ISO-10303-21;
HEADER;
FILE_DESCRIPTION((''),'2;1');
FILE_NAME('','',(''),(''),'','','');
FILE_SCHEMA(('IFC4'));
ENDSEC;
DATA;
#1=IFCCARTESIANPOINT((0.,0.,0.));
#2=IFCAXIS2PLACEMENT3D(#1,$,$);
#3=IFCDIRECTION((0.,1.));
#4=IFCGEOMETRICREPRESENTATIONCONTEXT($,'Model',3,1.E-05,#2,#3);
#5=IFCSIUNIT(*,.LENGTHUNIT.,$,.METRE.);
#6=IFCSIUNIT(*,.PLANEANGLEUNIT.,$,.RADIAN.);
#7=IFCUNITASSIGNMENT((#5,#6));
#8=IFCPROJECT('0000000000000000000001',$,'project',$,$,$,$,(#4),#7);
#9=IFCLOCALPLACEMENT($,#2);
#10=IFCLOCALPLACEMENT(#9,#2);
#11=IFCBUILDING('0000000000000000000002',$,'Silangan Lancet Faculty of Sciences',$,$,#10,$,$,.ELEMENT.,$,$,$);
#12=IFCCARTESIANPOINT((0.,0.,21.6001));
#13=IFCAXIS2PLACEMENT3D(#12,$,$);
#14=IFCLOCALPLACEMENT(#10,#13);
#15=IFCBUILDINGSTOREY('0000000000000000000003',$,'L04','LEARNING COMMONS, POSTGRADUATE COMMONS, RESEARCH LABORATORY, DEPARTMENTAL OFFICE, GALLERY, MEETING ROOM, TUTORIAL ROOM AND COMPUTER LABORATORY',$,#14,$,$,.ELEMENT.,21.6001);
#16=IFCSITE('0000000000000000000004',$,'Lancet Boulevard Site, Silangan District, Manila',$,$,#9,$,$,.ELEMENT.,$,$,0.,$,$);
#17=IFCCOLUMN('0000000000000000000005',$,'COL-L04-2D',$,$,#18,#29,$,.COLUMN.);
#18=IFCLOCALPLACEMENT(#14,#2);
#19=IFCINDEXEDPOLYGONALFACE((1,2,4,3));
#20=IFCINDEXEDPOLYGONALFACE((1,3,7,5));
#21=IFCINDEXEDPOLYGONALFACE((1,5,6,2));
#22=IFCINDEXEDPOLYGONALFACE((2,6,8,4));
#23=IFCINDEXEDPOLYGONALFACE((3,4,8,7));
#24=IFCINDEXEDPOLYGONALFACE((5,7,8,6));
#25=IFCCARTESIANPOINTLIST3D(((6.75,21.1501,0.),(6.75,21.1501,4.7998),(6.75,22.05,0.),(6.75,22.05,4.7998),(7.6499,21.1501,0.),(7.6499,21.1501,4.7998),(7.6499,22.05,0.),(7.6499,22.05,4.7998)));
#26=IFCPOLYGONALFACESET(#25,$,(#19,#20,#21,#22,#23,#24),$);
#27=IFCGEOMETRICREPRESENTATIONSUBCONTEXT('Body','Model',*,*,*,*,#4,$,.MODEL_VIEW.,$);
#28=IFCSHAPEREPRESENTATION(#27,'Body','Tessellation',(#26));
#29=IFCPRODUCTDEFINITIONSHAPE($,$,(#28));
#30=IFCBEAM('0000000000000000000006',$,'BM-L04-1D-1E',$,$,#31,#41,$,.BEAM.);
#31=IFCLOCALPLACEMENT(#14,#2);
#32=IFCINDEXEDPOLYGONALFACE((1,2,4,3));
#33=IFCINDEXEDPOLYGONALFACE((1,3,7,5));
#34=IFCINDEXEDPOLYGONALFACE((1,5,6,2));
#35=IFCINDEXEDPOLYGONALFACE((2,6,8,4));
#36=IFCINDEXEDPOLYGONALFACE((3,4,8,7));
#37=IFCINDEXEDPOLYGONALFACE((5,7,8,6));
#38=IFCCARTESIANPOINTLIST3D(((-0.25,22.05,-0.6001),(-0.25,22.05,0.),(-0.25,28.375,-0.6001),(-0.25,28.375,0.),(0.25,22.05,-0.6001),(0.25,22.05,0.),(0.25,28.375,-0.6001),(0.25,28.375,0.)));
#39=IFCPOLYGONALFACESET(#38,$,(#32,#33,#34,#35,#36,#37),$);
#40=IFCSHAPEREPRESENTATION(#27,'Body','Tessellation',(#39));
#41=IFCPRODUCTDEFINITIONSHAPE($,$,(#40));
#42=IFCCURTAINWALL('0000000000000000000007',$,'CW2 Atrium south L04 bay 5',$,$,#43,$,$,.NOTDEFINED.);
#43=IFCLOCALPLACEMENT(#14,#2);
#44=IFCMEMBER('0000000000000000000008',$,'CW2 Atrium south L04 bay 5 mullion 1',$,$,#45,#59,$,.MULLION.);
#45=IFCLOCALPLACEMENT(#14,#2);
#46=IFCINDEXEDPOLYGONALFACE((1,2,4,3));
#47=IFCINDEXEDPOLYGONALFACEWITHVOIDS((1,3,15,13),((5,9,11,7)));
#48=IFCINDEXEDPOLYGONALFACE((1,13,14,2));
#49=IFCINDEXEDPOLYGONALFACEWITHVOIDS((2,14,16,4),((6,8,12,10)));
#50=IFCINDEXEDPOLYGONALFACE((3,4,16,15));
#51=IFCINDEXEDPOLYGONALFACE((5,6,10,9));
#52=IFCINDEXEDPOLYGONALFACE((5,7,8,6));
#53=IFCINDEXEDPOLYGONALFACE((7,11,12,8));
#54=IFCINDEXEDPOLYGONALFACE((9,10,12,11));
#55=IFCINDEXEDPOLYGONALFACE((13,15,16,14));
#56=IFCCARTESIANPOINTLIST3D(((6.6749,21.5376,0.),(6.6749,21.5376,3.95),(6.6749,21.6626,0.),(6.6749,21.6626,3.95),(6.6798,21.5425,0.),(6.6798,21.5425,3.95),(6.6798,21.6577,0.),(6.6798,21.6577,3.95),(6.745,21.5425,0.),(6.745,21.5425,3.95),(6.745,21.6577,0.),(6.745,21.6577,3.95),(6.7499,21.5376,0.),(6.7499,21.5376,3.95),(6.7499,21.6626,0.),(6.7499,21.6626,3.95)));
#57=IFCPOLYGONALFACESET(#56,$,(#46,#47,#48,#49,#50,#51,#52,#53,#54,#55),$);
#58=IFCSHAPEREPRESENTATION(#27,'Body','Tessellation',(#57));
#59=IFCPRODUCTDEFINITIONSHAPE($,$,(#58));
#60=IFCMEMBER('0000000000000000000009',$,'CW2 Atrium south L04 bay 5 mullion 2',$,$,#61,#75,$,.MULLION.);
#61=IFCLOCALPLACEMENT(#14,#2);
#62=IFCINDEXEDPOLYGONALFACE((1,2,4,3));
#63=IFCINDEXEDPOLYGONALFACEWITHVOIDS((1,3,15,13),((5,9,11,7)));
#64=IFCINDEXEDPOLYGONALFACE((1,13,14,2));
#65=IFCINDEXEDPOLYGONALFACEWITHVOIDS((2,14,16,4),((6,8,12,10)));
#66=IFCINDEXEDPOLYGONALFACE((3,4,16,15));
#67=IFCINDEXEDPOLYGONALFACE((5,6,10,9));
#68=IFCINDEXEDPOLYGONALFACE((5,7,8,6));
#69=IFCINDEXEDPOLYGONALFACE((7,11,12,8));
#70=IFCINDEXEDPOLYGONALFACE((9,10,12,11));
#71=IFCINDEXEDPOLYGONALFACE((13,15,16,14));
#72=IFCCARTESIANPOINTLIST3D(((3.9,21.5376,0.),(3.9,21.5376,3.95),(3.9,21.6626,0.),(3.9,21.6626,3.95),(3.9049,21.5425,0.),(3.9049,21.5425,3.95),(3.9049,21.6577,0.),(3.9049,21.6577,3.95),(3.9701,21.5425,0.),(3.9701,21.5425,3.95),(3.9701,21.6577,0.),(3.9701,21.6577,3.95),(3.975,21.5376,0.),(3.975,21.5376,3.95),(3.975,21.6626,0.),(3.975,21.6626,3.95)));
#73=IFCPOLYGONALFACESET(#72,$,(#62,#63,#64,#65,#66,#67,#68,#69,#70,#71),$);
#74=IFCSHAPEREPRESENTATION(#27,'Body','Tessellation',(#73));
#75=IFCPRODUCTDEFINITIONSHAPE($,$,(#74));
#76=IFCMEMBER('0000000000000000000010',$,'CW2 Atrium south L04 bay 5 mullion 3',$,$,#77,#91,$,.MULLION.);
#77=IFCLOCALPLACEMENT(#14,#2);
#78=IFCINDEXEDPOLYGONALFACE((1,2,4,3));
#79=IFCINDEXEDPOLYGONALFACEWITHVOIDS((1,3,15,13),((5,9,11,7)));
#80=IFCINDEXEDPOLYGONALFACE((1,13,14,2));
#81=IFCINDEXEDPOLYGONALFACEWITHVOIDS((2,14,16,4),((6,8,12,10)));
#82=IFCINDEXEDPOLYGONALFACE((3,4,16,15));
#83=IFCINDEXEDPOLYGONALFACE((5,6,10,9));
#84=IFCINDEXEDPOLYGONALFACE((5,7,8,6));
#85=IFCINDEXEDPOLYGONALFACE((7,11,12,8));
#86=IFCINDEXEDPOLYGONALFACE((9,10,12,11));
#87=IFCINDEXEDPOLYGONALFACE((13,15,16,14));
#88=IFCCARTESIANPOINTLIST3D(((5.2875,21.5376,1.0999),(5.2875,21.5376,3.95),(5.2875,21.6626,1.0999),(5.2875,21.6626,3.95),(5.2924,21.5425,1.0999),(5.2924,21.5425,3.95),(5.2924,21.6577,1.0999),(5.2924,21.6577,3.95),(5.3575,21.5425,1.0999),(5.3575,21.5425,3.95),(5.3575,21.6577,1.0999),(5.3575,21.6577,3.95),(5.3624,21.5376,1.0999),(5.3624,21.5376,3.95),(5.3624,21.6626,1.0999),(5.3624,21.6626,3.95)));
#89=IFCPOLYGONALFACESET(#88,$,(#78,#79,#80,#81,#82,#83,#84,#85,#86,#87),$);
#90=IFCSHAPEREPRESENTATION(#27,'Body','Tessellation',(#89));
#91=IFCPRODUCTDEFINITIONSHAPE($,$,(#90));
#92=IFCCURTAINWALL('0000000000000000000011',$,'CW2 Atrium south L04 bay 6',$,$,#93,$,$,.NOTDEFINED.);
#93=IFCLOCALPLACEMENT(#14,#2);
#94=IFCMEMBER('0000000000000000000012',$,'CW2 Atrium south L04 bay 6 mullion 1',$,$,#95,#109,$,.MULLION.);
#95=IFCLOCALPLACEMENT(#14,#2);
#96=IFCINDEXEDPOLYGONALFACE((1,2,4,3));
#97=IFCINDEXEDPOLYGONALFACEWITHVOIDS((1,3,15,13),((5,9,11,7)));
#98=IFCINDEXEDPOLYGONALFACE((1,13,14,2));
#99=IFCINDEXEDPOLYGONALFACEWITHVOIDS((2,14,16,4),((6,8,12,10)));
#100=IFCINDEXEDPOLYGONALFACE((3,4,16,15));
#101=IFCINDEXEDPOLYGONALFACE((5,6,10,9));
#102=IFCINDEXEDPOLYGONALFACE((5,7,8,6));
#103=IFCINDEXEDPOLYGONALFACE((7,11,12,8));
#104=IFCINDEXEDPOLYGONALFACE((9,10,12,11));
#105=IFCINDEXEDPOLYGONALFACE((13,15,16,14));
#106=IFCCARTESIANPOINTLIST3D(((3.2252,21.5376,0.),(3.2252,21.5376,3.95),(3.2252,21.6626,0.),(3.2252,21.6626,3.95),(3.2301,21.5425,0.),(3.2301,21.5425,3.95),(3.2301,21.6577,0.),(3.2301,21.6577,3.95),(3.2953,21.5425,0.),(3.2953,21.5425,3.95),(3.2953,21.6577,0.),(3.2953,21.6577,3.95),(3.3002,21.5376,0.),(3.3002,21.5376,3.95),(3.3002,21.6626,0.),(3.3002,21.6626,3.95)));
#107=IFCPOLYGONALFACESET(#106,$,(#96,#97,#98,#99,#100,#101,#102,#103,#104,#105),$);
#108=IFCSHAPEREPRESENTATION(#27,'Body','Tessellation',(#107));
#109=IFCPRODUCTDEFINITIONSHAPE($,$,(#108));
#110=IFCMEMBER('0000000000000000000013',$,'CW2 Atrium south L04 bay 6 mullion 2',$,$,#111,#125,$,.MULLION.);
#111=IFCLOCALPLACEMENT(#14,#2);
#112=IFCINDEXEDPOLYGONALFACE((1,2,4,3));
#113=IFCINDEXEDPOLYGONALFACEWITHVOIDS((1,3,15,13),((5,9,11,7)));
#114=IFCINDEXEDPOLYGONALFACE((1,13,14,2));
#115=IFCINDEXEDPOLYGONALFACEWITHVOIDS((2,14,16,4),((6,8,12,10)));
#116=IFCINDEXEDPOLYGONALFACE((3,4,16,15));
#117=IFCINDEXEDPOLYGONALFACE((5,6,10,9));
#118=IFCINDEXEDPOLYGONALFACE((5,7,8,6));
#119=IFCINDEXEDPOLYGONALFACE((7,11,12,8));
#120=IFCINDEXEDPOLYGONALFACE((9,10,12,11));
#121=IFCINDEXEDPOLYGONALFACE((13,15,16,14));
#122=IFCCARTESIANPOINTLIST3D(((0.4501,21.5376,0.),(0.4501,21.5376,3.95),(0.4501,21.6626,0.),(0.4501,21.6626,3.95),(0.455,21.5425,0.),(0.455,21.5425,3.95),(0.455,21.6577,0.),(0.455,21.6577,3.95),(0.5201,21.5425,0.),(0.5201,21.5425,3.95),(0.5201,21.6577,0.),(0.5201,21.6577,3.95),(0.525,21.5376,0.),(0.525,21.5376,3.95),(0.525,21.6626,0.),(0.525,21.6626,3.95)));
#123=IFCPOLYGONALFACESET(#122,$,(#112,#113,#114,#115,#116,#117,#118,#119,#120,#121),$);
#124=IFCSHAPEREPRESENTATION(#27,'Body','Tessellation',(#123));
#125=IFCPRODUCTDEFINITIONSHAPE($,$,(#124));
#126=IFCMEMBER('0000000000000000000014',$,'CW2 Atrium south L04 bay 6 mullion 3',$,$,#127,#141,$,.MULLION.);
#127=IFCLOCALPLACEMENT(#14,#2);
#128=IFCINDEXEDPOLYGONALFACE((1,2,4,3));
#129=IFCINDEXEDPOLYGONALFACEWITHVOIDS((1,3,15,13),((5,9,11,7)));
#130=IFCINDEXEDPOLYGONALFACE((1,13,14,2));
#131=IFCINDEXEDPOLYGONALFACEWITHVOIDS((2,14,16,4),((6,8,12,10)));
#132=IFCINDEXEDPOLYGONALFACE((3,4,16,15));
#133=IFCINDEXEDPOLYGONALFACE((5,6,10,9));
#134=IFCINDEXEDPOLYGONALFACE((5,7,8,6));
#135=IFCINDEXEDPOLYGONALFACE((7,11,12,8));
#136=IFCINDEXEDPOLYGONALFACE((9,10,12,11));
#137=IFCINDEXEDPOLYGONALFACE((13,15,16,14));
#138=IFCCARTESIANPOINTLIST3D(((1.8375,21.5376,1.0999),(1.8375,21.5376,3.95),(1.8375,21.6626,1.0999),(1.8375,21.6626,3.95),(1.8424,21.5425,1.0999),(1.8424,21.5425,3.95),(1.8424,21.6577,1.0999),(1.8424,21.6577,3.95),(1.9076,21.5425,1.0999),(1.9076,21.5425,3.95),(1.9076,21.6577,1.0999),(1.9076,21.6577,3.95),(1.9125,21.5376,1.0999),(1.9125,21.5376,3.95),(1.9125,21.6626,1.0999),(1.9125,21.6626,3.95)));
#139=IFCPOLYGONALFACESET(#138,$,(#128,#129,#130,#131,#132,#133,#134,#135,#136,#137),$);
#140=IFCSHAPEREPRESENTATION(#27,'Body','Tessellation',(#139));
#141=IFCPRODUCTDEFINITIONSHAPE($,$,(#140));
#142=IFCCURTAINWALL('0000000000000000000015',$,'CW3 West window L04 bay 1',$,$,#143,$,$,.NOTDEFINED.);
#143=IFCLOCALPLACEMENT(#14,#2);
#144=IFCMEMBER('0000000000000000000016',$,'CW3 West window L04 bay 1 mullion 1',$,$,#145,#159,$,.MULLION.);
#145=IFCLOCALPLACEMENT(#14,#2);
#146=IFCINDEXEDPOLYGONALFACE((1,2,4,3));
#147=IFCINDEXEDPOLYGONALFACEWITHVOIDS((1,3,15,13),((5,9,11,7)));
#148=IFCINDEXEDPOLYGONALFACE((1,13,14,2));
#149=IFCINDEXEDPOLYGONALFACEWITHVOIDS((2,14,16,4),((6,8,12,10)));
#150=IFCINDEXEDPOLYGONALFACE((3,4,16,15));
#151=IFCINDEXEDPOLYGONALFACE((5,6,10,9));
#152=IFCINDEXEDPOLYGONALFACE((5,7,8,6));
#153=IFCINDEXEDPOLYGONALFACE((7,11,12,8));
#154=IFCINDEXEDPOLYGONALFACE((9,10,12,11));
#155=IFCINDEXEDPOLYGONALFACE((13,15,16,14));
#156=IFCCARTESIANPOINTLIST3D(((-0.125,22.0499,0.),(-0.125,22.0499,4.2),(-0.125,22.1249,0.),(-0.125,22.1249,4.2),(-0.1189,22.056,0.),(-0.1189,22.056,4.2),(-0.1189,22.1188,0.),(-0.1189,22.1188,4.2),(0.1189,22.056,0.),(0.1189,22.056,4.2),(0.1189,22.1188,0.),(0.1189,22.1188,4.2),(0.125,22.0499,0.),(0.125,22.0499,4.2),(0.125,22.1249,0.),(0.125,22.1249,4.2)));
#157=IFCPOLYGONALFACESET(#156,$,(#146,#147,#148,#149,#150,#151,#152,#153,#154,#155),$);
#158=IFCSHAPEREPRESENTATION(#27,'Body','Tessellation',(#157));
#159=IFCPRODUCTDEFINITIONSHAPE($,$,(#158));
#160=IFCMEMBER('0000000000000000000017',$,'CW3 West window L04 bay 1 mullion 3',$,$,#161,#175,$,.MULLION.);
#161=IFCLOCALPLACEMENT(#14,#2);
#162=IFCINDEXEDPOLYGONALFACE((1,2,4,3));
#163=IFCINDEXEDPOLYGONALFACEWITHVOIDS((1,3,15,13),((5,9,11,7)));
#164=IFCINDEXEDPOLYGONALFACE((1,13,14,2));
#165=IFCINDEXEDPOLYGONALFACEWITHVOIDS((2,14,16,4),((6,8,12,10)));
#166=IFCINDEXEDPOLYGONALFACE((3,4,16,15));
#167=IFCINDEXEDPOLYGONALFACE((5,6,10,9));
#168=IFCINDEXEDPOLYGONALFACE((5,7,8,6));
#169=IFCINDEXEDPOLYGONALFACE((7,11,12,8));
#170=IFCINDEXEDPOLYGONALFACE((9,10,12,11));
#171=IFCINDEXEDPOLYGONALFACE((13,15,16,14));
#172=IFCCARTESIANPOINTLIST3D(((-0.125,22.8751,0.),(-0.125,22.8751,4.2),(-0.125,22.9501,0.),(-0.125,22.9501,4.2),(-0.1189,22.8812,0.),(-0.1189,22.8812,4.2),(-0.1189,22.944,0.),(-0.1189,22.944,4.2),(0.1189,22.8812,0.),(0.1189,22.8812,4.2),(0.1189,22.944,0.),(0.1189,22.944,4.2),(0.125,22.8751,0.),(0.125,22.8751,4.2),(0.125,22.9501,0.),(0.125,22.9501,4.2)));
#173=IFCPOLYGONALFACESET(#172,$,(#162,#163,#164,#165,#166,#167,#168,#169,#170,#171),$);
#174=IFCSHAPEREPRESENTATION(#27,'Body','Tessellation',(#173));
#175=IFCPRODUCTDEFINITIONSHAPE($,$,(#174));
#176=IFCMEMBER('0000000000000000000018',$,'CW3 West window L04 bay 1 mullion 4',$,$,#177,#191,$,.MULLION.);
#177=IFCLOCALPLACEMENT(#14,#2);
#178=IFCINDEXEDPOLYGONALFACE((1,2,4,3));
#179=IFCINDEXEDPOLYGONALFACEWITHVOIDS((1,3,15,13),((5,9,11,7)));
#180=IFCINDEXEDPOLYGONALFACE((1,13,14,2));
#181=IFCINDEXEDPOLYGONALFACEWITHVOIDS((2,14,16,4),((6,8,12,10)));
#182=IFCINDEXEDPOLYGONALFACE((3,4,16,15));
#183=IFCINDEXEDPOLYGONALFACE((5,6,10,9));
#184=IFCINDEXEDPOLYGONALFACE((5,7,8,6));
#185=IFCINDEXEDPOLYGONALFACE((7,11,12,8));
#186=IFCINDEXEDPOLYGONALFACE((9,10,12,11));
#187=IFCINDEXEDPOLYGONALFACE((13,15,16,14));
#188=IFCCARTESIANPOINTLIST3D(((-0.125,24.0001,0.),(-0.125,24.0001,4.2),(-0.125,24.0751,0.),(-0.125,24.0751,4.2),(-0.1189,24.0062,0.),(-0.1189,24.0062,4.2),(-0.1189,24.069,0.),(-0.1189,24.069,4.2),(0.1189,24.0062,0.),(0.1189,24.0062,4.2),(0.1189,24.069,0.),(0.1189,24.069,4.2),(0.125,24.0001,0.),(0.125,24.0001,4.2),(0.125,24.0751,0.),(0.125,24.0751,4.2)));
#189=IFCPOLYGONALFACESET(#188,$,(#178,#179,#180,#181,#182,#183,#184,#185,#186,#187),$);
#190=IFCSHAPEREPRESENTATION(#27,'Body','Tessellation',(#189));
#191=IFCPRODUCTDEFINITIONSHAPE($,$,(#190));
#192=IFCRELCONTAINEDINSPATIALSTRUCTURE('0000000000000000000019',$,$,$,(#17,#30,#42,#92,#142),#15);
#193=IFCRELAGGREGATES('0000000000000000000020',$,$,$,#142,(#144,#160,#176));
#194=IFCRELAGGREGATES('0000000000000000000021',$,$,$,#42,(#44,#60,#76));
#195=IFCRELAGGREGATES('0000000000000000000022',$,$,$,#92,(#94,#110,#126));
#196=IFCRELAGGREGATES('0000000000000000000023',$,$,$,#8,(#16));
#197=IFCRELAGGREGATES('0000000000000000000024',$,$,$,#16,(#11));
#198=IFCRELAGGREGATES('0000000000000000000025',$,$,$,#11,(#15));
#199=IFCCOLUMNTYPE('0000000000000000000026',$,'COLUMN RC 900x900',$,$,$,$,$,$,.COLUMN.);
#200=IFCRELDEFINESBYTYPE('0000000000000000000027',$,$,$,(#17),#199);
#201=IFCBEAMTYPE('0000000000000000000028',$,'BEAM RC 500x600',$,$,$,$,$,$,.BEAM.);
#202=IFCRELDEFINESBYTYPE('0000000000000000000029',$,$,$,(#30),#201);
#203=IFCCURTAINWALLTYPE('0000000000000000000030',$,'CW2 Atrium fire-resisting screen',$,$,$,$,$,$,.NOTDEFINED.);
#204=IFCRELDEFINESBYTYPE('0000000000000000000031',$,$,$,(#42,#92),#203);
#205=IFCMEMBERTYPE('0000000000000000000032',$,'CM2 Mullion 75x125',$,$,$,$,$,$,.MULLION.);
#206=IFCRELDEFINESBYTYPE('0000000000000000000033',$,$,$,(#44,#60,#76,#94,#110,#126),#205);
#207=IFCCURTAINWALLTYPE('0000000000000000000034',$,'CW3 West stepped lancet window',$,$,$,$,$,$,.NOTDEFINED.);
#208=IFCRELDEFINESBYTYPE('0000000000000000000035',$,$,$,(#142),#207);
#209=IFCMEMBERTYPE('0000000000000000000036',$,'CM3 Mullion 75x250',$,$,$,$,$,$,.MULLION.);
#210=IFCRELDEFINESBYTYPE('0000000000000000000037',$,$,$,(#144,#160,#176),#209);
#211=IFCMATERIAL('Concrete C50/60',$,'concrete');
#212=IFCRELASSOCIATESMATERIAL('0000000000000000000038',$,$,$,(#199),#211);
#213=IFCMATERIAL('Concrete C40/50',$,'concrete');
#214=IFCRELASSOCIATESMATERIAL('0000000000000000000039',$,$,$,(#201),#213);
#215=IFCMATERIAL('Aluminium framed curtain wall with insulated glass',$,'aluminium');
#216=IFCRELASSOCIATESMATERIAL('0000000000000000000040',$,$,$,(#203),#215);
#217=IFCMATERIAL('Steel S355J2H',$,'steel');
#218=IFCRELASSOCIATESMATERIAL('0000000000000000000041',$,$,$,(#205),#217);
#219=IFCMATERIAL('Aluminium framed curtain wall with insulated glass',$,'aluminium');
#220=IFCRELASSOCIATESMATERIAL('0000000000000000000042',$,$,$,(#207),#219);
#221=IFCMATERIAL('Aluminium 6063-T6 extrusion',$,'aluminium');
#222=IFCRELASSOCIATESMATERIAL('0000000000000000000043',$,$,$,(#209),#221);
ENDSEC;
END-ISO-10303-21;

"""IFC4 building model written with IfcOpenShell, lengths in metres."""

from ifc_helpers import new_model, si_unit, direction, frame, origin, origin_2d, place, context, subcontext, project, spatial, rectangle, hollow_rectangle, extrude, material, material_profile, profile_set, type_object, element, aggregate, save


model = new_model("IFC4")

# Units and contexts
model_context = context("Model", 3, precision=1e-05, world=origin(), true_north=direction((0.0, 1.0)))
body_context = subcontext(model_context, "Body", "Model", "MODEL_VIEW")
ifc_project = project(units=[si_unit("LENGTHUNIT", "METRE"), si_unit("PLANEANGLEUNIT", "RADIAN")], contexts=[model_context])

# Site, building, storey
site_placement = place(None, origin())
site = spatial("IfcSite", under=ifc_project, at=site_placement, Name="Lancet Boulevard Site, Silangan District, Manila", CompositionType="ELEMENT", RefElevation=0.0)
building_placement = place(site_placement, origin())
building = spatial("IfcBuilding", under=site, at=building_placement, Name="Silangan Lancet Faculty of Sciences", CompositionType="ELEMENT")
storey_placement = place(building_placement, frame((0.0, 0.0, 21.6001)))
storey = spatial("IfcBuildingStorey", under=building, at=storey_placement, Name="L04", Description="LEARNING COMMONS, POSTGRADUATE COMMONS, RESEARCH LABORATORY, DEPARTMENTAL OFFICE, GALLERY, MEETING ROOM, TUTORIAL ROOM AND COMPUTER LABORATORY", CompositionType="ELEMENT", Elevation=21.6001)

# Column
ifc_material_1 = material(Name="Concrete C50/60", Category="concrete")
ifc_material_profile_1 = material_profile(ifc_material_1, rectangle(XDim=0.8999, YDim=0.8999, at=origin_2d()), Name="RC 900x900")
ifc_profile_set_1 = profile_set([ifc_material_profile_1], Name="Concrete C50/60")
column_type = type_object("IfcColumnType", Name="COLUMN RC 900x900", PredefinedType="COLUMN", material=ifc_profile_set_1)
column_placement = place(storey_placement, frame((7.2, 21.6001, 0.0), z_axis=(0.0, 0.0, 1.0), x_axis=(1.0, 0.0, 0.0)))
element("IfcColumn", 1, at=column_placement, inside=storey, type_object=column_type, Name="COL-L04-2D", PredefinedType="COLUMN", context=body_context, shape_type="SweptSolid", body=[
    extrude(rectangle(XDim=0.8999, YDim=0.8999, at=origin_2d()), origin(), (0.0, 0.0, 1.0), 4.7998),
])

# Beam
ifc_material_2 = material(Name="Concrete C40/50", Category="concrete")
ifc_material_profile_2 = material_profile(ifc_material_2, rectangle(XDim=0.5, YDim=0.6001, at=origin_2d()), Name="RC 500x600")
ifc_profile_set_2 = profile_set([ifc_material_profile_2], Name="Concrete C40/50")
beam_type = type_object("IfcBeamType", Name="BEAM RC 500x600", PredefinedType="BEAM", material=ifc_profile_set_2)
beam_placement = place(storey_placement, frame((0.0, 22.05, -0.3), z_axis=(0.0, 1.0, 0.0), x_axis=(-1.0, 0.0, 0.0)))
element("IfcBeam", 2, at=beam_placement, inside=storey, type_object=beam_type, Name="BM-L04-1D-1E", PredefinedType="BEAM", context=body_context, shape_type="SweptSolid", body=[
    extrude(rectangle(XDim=0.5, YDim=0.6001, at=origin_2d()), origin(), (0.0, 0.0, 1.0), 6.325),
])

# Curtain walls, members
ifc_material_3 = material(Name="Aluminium framed curtain wall with insulated glass", Category="aluminium")
curtain_wall_type_1 = type_object("IfcCurtainWallType", Name="CW2 Atrium fire-resisting screen", PredefinedType="NOTDEFINED", material=ifc_material_3)
curtain_wall_1_placement = place(storey_placement, origin())
curtain_wall_1 = element("IfcCurtainWall", 3, at=curtain_wall_1_placement, inside=storey, type_object=curtain_wall_type_1, Name="CW2 Atrium south L04 bay 5", PredefinedType="NOTDEFINED")
ifc_material_4 = material(Name="Steel S355J2H", Category="steel")
ifc_material_profile_3 = material_profile(ifc_material_4, hollow_rectangle(XDim=0.075, YDim=0.125, WallThickness=0.0049, at=origin_2d()), Name="ST BOX 75x125x5")
ifc_profile_set_3 = profile_set([ifc_material_profile_3], Name="Steel S355J2H")
member_type_1 = type_object("IfcMemberType", Name="CM2 Mullion 75x125", PredefinedType="MULLION", material=ifc_profile_set_3)
member_1_placement = place(storey_placement, frame((6.7124, 21.6001, 0.0), z_axis=(0.0, 0.0, 1.0), x_axis=(-1.0, 0.0, 0.0)))
member_1 = element("IfcMember", 4, at=member_1_placement, type_object=member_type_1, Name="CW2 Atrium south L04 bay 5 mullion 1", PredefinedType="MULLION", context=body_context, shape_type="SweptSolid", body=[
    extrude(hollow_rectangle(XDim=0.075, YDim=0.125, WallThickness=0.0049, at=origin_2d()), origin(), (0.0, 0.0, 1.0), 3.95),
])
member_2_placement = place(storey_placement, frame((3.9375, 21.6001, 0.0), z_axis=(0.0, 0.0, 1.0), x_axis=(-1.0, 0.0, 0.0)))
member_2 = element("IfcMember", 5, at=member_2_placement, type_object=member_type_1, Name="CW2 Atrium south L04 bay 5 mullion 2", PredefinedType="MULLION", context=body_context, shape_type="SweptSolid", body=[
    extrude(hollow_rectangle(XDim=0.075, YDim=0.125, WallThickness=0.0049, at=origin_2d()), origin(), (0.0, 0.0, 1.0), 3.95),
])
member_3_placement = place(storey_placement, frame((5.325, 21.6001, 1.0999), z_axis=(0.0, 0.0, 1.0), x_axis=(-1.0, 0.0, 0.0)))
member_3 = element("IfcMember", 6, at=member_3_placement, type_object=member_type_1, Name="CW2 Atrium south L04 bay 5 mullion 3", PredefinedType="MULLION", context=body_context, shape_type="SweptSolid", body=[
    extrude(hollow_rectangle(XDim=0.075, YDim=0.125, WallThickness=0.0049, at=origin_2d()), origin(), (0.0, 0.0, 1.0), 2.8501),
])
curtain_wall_2_placement = place(storey_placement, origin())
curtain_wall_2 = element("IfcCurtainWall", 7, at=curtain_wall_2_placement, inside=storey, type_object=curtain_wall_type_1, Name="CW2 Atrium south L04 bay 6", PredefinedType="NOTDEFINED")
member_4_placement = place(storey_placement, frame((3.2627, 21.6001, 0.0), z_axis=(0.0, 0.0, 1.0), x_axis=(-1.0, 0.0, 0.0)))
member_4 = element("IfcMember", 8, at=member_4_placement, type_object=member_type_1, Name="CW2 Atrium south L04 bay 6 mullion 1", PredefinedType="MULLION", context=body_context, shape_type="SweptSolid", body=[
    extrude(hollow_rectangle(XDim=0.075, YDim=0.125, WallThickness=0.0049, at=origin_2d()), origin(), (0.0, 0.0, 1.0), 3.95),
])
member_5_placement = place(storey_placement, frame((0.4875, 21.6001, 0.0), z_axis=(0.0, 0.0, 1.0), x_axis=(-1.0, 0.0, 0.0)))
member_5 = element("IfcMember", 9, at=member_5_placement, type_object=member_type_1, Name="CW2 Atrium south L04 bay 6 mullion 2", PredefinedType="MULLION", context=body_context, shape_type="SweptSolid", body=[
    extrude(hollow_rectangle(XDim=0.075, YDim=0.125, WallThickness=0.0049, at=origin_2d()), origin(), (0.0, 0.0, 1.0), 3.95),
])
member_6_placement = place(storey_placement, frame((1.875, 21.6001, 1.0999), z_axis=(0.0, 0.0, 1.0), x_axis=(-1.0, 0.0, 0.0)))
member_6 = element("IfcMember", 10, at=member_6_placement, type_object=member_type_1, Name="CW2 Atrium south L04 bay 6 mullion 3", PredefinedType="MULLION", context=body_context, shape_type="SweptSolid", body=[
    extrude(hollow_rectangle(XDim=0.075, YDim=0.125, WallThickness=0.0049, at=origin_2d()), origin(), (0.0, 0.0, 1.0), 2.8501),
])
ifc_material_5 = material(Name="Aluminium framed curtain wall with insulated glass", Category="aluminium")
curtain_wall_type_2 = type_object("IfcCurtainWallType", Name="CW3 West stepped lancet window", PredefinedType="NOTDEFINED", material=ifc_material_5)
curtain_wall_3_placement = place(storey_placement, origin())
curtain_wall_3 = element("IfcCurtainWall", 11, at=curtain_wall_3_placement, inside=storey, type_object=curtain_wall_type_2, Name="CW3 West window L04 bay 1", PredefinedType="NOTDEFINED")
ifc_material_6 = material(Name="Aluminium 6063-T6 extrusion", Category="aluminium")
ifc_material_profile_4 = material_profile(ifc_material_6, hollow_rectangle(XDim=0.075, YDim=0.25, WallThickness=0.0061, at=origin_2d()), Name="AL BOX 75x250x6")
ifc_profile_set_4 = profile_set([ifc_material_profile_4], Name="Aluminium 6063-T6 extrusion")
member_type_2 = type_object("IfcMemberType", Name="CM3 Mullion 75x250", PredefinedType="MULLION", material=ifc_profile_set_4)
member_7_placement = place(storey_placement, frame((0.0, 22.0874, 0.0), z_axis=(0.0, 0.0, 1.0), x_axis=(0.0, 1.0, 0.0)))
member_7 = element("IfcMember", 12, at=member_7_placement, type_object=member_type_2, Name="CW3 West window L04 bay 1 mullion 1", PredefinedType="MULLION", context=body_context, shape_type="SweptSolid", body=[
    extrude(hollow_rectangle(XDim=0.075, YDim=0.25, WallThickness=0.0061, at=origin_2d()), origin(), (0.0, 0.0, 1.0), 4.2),
])
member_8_placement = place(storey_placement, frame((0.0, 22.9126, 0.0), z_axis=(0.0, 0.0, 1.0), x_axis=(0.0, 1.0, 0.0)))
member_8 = element("IfcMember", 13, at=member_8_placement, type_object=member_type_2, Name="CW3 West window L04 bay 1 mullion 3", PredefinedType="MULLION", context=body_context, shape_type="SweptSolid", body=[
    extrude(hollow_rectangle(XDim=0.075, YDim=0.25, WallThickness=0.0061, at=origin_2d()), origin(), (0.0, 0.0, 1.0), 4.2),
])
member_9_placement = place(storey_placement, frame((0.0, 24.0376, 0.0), z_axis=(0.0, 0.0, 1.0), x_axis=(0.0, 1.0, 0.0)))
member_9 = element("IfcMember", 14, at=member_9_placement, type_object=member_type_2, Name="CW3 West window L04 bay 1 mullion 4", PredefinedType="MULLION", context=body_context, shape_type="SweptSolid", body=[
    extrude(hollow_rectangle(XDim=0.075, YDim=0.25, WallThickness=0.0061, at=origin_2d()), origin(), (0.0, 0.0, 1.0), 4.2),
])

aggregate(curtain_wall_3, [member_7, member_8, member_9])
aggregate(curtain_wall_1, [member_1, member_2, member_3])
aggregate(curtain_wall_2, [member_4, member_5, member_6])

save(model, "model.ifc")
